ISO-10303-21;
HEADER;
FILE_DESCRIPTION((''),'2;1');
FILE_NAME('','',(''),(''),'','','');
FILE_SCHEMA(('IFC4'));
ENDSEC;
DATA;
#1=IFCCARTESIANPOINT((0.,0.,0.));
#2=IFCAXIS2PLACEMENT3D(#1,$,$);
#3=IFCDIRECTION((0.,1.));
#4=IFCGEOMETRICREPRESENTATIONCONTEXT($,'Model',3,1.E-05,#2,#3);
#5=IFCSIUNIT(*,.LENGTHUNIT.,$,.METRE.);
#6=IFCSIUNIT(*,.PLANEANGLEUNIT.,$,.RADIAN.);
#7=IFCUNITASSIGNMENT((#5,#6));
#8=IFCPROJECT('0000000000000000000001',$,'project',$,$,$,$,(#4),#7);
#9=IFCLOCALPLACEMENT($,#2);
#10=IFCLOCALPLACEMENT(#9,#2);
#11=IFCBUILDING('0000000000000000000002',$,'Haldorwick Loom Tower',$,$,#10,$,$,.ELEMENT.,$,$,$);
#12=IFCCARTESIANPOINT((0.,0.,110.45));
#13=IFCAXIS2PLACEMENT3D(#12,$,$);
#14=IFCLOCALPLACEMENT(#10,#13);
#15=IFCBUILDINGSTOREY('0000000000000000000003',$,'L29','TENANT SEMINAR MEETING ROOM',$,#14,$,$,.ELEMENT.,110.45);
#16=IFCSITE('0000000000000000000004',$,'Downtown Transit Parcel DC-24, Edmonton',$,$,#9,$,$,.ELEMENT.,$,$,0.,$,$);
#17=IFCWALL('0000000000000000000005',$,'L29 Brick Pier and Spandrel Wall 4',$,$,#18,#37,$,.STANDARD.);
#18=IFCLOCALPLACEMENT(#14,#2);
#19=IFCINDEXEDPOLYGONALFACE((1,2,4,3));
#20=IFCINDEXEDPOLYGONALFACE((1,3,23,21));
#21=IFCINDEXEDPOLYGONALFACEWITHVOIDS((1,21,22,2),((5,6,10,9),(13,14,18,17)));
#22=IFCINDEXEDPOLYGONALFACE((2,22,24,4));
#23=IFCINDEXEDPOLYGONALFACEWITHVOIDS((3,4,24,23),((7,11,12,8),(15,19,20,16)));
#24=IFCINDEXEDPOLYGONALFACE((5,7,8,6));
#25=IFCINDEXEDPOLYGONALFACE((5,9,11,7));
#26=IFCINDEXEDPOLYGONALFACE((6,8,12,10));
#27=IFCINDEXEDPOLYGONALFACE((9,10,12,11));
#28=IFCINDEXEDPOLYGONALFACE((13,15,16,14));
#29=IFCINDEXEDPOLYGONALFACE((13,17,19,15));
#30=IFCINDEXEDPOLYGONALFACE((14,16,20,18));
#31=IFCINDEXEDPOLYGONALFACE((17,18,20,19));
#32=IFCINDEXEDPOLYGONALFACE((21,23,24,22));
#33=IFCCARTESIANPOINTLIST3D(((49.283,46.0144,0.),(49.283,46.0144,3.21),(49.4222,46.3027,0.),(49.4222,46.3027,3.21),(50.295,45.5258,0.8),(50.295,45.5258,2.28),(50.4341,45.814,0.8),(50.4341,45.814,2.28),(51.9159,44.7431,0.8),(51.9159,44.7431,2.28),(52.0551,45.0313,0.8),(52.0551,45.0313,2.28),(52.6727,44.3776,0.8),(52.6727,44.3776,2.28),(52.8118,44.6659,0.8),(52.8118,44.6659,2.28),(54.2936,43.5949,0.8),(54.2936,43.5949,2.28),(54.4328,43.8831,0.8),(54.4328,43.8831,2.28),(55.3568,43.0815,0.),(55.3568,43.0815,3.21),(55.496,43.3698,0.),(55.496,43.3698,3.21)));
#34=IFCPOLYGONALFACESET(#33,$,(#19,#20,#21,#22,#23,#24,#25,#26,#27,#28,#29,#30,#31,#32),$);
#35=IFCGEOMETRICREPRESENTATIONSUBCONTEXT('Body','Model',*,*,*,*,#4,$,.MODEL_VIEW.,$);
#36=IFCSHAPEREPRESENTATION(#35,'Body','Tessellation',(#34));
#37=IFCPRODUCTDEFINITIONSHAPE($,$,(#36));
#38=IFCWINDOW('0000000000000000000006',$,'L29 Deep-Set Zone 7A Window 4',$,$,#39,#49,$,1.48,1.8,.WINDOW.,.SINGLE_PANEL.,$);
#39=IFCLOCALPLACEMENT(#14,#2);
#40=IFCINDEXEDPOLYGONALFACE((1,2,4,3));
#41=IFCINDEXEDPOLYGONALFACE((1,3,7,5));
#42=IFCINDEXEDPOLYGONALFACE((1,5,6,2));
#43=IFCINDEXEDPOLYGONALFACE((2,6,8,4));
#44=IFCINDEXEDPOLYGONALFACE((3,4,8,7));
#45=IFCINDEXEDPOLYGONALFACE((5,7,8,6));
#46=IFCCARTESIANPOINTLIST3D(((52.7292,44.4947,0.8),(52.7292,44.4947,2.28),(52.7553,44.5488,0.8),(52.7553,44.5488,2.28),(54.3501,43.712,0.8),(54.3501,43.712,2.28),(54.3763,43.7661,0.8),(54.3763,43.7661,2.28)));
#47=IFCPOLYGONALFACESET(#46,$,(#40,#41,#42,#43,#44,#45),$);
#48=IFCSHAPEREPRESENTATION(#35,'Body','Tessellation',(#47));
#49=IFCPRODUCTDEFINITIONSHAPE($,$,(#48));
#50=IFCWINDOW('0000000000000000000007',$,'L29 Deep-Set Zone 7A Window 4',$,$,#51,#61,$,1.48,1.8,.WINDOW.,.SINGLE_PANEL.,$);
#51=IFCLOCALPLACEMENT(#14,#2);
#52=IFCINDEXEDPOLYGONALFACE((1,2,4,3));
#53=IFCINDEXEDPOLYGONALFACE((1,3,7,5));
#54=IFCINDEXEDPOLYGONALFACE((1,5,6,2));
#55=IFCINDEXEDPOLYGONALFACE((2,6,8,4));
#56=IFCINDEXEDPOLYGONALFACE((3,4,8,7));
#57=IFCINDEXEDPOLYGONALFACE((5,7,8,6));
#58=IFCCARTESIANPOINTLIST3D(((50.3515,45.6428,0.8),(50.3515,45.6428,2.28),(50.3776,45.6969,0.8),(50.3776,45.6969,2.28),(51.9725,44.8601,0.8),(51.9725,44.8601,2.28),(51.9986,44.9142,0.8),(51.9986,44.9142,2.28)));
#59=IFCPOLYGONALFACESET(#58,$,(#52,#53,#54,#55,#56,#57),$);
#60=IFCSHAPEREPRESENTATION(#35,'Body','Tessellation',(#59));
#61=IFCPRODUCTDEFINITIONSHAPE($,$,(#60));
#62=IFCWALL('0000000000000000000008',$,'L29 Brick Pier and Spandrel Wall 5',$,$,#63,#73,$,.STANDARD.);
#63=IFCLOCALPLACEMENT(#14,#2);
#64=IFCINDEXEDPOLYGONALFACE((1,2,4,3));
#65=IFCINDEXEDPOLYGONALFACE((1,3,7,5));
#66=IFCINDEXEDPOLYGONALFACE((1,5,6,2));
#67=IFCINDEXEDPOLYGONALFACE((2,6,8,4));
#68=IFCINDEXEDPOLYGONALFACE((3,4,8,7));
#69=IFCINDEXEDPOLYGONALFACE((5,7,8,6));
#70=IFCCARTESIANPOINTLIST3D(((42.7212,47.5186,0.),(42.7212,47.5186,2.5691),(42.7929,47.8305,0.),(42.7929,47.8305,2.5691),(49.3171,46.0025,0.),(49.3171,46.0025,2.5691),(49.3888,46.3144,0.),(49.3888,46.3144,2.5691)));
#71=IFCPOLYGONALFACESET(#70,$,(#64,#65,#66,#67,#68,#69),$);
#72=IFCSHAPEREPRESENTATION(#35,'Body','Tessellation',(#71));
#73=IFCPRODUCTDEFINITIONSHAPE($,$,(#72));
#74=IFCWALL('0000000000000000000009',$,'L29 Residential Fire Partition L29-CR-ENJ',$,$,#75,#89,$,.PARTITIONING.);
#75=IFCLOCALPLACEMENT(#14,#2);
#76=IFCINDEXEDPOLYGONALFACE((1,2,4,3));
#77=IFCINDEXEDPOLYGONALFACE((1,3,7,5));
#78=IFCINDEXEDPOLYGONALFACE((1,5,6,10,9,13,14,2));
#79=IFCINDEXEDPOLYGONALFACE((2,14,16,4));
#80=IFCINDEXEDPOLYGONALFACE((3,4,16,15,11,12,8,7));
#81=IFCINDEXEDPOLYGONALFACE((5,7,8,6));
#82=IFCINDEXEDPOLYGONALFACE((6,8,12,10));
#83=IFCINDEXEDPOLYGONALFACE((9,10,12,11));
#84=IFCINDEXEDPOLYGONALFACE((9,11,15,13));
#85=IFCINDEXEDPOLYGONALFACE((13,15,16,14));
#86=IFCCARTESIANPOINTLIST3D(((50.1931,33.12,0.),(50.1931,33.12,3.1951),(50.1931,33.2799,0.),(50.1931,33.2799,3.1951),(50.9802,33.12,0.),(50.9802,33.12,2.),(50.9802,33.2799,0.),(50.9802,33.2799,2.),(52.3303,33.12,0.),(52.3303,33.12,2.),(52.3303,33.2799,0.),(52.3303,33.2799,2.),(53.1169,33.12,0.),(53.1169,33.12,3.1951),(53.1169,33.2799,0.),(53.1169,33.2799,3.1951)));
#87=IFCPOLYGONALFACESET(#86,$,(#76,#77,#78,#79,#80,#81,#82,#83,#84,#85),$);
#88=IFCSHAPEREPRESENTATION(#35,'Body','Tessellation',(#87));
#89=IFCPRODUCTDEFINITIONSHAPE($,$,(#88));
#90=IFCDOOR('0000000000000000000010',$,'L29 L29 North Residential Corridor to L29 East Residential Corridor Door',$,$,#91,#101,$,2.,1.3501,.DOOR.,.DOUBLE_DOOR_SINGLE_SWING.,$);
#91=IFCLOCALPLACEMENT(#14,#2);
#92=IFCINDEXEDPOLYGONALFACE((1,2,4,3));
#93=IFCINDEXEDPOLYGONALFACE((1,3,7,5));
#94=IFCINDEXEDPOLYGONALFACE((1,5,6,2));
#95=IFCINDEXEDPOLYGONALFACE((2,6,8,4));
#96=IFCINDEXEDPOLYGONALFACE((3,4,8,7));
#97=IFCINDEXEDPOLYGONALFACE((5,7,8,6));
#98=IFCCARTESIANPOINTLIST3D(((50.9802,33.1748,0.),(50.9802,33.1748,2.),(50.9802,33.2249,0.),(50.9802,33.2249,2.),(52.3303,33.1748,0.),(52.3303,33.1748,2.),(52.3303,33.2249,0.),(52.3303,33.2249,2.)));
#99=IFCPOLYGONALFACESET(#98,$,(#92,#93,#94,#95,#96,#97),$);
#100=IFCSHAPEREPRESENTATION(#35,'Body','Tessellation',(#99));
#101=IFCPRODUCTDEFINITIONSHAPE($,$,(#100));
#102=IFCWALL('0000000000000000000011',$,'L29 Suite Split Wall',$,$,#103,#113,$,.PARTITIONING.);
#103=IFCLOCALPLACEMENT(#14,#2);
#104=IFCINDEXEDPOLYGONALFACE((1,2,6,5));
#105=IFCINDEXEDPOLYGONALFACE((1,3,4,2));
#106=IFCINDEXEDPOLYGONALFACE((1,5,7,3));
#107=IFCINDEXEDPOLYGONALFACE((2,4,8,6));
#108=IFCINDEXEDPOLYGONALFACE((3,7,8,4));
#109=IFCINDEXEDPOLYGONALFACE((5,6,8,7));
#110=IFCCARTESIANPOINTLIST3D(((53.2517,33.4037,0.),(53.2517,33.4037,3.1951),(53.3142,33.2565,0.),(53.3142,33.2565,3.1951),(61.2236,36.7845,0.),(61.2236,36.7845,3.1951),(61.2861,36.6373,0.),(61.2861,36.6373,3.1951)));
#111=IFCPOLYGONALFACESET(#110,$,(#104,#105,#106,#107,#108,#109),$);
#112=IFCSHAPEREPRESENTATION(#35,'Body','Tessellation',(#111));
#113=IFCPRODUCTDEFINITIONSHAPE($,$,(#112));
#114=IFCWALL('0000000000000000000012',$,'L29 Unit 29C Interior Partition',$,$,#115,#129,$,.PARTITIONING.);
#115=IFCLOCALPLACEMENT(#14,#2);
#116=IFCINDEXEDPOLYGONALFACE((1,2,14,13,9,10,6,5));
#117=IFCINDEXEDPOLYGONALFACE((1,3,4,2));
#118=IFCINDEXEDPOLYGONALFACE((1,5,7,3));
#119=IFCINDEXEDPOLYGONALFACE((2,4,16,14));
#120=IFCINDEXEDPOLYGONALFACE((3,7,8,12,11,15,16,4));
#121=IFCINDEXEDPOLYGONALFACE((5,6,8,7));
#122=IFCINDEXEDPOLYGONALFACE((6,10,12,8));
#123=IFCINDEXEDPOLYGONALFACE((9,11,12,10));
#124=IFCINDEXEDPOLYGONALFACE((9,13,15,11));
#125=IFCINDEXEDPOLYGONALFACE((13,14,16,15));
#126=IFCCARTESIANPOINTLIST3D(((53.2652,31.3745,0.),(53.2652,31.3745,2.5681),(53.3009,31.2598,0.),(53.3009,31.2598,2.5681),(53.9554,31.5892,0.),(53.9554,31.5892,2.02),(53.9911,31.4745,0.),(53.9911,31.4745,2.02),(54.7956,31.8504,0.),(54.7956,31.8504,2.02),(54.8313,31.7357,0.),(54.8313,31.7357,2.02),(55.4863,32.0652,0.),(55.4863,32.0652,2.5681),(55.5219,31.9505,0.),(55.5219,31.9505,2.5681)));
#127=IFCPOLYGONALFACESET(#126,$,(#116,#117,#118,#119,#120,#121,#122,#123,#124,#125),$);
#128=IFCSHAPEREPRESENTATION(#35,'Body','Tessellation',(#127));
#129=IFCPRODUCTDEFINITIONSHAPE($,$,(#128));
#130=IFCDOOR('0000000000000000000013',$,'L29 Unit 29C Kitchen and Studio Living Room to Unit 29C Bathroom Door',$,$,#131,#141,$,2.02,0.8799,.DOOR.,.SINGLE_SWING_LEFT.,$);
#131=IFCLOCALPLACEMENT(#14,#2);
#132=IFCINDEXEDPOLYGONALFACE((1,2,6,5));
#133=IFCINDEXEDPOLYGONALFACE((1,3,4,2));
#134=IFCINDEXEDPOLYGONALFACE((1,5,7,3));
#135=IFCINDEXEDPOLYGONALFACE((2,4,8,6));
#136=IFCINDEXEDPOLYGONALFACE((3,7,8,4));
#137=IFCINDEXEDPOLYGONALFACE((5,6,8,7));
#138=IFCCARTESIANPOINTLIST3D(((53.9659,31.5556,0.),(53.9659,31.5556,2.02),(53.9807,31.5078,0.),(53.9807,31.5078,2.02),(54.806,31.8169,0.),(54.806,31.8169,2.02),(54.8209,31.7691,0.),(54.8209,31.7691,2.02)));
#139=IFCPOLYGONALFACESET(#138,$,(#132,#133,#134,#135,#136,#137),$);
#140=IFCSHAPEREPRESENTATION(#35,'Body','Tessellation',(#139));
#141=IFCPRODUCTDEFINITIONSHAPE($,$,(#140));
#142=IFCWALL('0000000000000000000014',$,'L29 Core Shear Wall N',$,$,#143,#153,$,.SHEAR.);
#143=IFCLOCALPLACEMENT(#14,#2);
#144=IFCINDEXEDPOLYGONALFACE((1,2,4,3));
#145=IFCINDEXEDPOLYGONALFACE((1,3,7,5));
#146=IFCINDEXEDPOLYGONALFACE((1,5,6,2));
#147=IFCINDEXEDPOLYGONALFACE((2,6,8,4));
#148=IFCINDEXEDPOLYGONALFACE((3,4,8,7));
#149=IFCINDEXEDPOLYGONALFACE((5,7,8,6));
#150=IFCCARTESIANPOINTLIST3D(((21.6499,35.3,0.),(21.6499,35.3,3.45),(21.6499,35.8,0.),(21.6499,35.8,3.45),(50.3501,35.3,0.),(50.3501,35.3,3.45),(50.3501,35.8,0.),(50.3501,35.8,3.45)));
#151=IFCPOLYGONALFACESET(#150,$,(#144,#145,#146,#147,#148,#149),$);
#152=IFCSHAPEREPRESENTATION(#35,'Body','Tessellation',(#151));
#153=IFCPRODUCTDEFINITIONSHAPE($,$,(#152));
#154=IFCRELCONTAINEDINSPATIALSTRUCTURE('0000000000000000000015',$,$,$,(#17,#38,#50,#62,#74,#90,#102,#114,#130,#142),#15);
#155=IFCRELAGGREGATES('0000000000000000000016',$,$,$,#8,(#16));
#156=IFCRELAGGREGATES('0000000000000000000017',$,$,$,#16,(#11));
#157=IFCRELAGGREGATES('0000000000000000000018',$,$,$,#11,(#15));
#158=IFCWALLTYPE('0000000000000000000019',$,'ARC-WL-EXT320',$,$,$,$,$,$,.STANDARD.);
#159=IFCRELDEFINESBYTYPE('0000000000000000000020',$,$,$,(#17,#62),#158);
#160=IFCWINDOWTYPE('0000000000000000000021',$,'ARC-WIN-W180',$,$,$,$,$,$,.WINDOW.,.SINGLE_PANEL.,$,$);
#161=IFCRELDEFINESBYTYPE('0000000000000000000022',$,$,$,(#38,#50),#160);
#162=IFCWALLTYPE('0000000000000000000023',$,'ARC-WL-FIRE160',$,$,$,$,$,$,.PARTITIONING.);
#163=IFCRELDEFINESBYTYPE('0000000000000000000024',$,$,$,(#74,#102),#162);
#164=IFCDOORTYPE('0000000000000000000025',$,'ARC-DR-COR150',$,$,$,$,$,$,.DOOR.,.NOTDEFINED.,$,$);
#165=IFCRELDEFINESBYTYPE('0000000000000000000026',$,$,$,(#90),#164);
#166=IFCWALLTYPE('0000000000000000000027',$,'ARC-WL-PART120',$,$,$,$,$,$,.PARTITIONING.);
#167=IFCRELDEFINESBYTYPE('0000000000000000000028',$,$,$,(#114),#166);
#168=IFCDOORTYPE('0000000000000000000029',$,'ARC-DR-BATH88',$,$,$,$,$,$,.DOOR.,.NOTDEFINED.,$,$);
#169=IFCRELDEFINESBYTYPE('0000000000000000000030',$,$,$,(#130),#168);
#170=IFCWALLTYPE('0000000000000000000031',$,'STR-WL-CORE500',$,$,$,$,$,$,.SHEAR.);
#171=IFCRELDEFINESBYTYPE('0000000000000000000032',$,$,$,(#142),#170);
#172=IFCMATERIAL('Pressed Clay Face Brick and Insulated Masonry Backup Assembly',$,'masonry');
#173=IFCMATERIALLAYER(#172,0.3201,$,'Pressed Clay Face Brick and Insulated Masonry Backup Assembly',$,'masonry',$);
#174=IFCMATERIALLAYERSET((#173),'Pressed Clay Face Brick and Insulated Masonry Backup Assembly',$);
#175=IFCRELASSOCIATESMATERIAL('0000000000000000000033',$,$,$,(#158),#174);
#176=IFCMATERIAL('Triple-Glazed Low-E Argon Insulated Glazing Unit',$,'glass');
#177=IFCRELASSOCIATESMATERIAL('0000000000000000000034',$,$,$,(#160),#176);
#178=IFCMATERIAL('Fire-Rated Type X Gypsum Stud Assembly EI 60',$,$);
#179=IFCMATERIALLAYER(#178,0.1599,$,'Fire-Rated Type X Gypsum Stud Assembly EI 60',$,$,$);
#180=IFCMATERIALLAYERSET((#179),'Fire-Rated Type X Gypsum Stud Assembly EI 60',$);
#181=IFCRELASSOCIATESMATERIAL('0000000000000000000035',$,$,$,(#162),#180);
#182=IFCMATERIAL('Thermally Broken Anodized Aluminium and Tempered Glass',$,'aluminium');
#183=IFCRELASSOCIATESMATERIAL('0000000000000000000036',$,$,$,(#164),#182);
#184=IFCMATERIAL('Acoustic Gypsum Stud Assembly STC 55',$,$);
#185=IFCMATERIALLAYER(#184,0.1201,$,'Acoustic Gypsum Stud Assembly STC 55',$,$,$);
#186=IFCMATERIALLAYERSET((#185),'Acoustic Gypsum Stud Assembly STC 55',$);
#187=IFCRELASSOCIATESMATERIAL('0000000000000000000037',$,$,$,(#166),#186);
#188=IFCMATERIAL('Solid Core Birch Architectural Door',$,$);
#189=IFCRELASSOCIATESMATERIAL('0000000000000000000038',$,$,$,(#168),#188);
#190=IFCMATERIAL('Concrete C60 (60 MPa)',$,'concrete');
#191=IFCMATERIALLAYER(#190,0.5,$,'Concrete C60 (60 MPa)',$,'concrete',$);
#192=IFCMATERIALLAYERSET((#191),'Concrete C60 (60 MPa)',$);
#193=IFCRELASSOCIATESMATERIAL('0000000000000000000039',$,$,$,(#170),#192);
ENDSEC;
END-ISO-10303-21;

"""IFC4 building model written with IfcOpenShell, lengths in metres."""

from ifc_helpers import new_model, si_unit, direction, frame, frame_2d, origin, place, context, subcontext, project, spatial, rectangle, extrude, material, layer, layer_set, type_object, element, fill, save


model = new_model("IFC4")

# Units and contexts
model_context = context("Model", 3, precision=1e-05, world=origin(), true_north=direction((0.0, 1.0)))
body_context = subcontext(model_context, "Body", "Model", "MODEL_VIEW")
ifc_project = project(units=[si_unit("LENGTHUNIT", "METRE"), si_unit("PLANEANGLEUNIT", "RADIAN")], contexts=[model_context])

# Site, building, storey
site_placement = place(None, origin())
site = spatial("IfcSite", under=ifc_project, at=site_placement, Name="Downtown Transit Parcel DC-24, Edmonton", CompositionType="ELEMENT", RefElevation=0.0)
building_placement = place(site_placement, origin())
building = spatial("IfcBuilding", under=site, at=building_placement, Name="Haldorwick Loom Tower", CompositionType="ELEMENT")
storey_placement = place(building_placement, frame((0.0, 0.0, 110.45)))
storey = spatial("IfcBuildingStorey", under=building, at=storey_placement, Name="L29", Description="TENANT SEMINAR MEETING ROOM", CompositionType="ELEMENT", Elevation=110.45)

# Shared definitions
ifc_material_1 = material(Name="Concrete C60 (60 MPa)", Category="concrete")

# Shared definitions
ifc_material_2 = material(Name="Pressed Clay Face Brick and Insulated Masonry Backup Assembly", Category="masonry")
ifc_layer_1 = layer(ifc_material_2, 0.3201, Name="Pressed Clay Face Brick and Insulated Masonry Backup Assembly", Category="masonry")
ifc_layer_set_1 = layer_set([ifc_layer_1], Name="Pressed Clay Face Brick and Insulated Masonry Backup Assembly")
wall_type_1 = type_object("IfcWallType", Name="ARC-WL-EXT320", PredefinedType="STANDARD", material=ifc_layer_set_1)

# Shared definitions
ifc_material_3 = material(Name="Triple-Glazed Low-E Argon Insulated Glazing Unit", Category="glass")
window_type = type_object("IfcWindowType", Name="ARC-WIN-W180", PartitioningType="SINGLE_PANEL", PredefinedType="WINDOW", material=ifc_material_3)

# Wall, openings, windows
wall_1_placement = place(storey_placement, frame((55.4265, 43.2256, 0.0), z_axis=(0.0, 0.0, 1.0), x_axis=(-0.90051, 0.434835, 0.0)))
wall_1 = element("IfcWall", 1, at=wall_1_placement, inside=storey, type_object=wall_type_1, Name="L29 Brick Pier and Spandrel Wall 4", PredefinedType="STANDARD", context=body_context, shape_type="SweptSolid", body=[
    extrude(rectangle(XDim=6.7449, YDim=0.3201, at=frame_2d((3.3726, 0.0))), origin(), (0.0, 0.0, 1.0), 3.21),
])
opening_1_placement = place(wall_1_placement, frame((1.1809, 0.0, 0.8)))
opening_1 = element("IfcOpeningElement", 2, at=opening_1_placement, cuts=wall_1, PredefinedType="OPENING", context=body_context, shape_type="SweptSolid", body=[
    extrude(rectangle(XDim=1.8, YDim=1.48, at=frame_2d((0.8999, 0.74))), frame((0.0, 0.1699, 0.0), z_axis=(0.0, -1.0, 0.0), x_axis=(1.0, 0.0, 0.0)), (0.0, 0.0, 1.0), 0.3401),
])
opening_2_placement = place(wall_1_placement, frame((3.8213, 0.0, 0.8)))
opening_2 = element("IfcOpeningElement", 3, at=opening_2_placement, cuts=wall_1, PredefinedType="OPENING", context=body_context, shape_type="SweptSolid", body=[
    extrude(rectangle(XDim=1.8, YDim=1.48, at=frame_2d((0.8999, 0.74))), frame((0.0, 0.1699, 0.0), z_axis=(0.0, -1.0, 0.0), x_axis=(1.0, 0.0, 0.0)), (0.0, 0.0, 1.0), 0.3401),
])
window_1_placement = place(opening_1_placement, origin())
window_1 = element("IfcWindow", 4, at=window_1_placement, inside=storey, type_object=window_type, Name="L29 Deep-Set Zone 7A Window 4", OverallHeight=1.48, OverallWidth=1.8, PartitioningType="SINGLE_PANEL", PredefinedType="WINDOW", context=body_context, shape_type="SweptSolid", body=[
    extrude(rectangle(XDim=1.8, YDim=1.48, at=frame_2d((0.8999, 0.74))), frame((0.0, 0.03, 0.0), z_axis=(0.0, -1.0, 0.0), x_axis=(1.0, 0.0, 0.0)), (0.0, 0.0, 1.0), 0.0601),
])
fill(opening_1, window_1)
window_2_placement = place(opening_2_placement, origin())
window_2 = element("IfcWindow", 5, at=window_2_placement, inside=storey, type_object=window_type, Name="L29 Deep-Set Zone 7A Window 4", OverallHeight=1.48, OverallWidth=1.8, PartitioningType="SINGLE_PANEL", PredefinedType="WINDOW", context=body_context, shape_type="SweptSolid", body=[
    extrude(rectangle(XDim=1.8, YDim=1.48, at=frame_2d((0.8999, 0.74))), frame((0.0, 0.03, 0.0), z_axis=(0.0, -1.0, 0.0), x_axis=(1.0, 0.0, 0.0)), (0.0, 0.0, 1.0), 0.0601),
])
fill(opening_2, window_2)

# Wall
wall_2_placement = place(storey_placement, frame((49.3528, 46.1584, 0.0), z_axis=(0.0, 0.0, 1.0), x_axis=(-0.974584, 0.224022, 0.0)))
element("IfcWall", 6, at=wall_2_placement, inside=storey, type_object=wall_type_1, Name="L29 Brick Pier and Spandrel Wall 5", PredefinedType="STANDARD", context=body_context, shape_type="SweptSolid", body=[
    extrude(rectangle(XDim=6.7678, YDim=0.3201, at=frame_2d((3.3838, 0.0))), origin(), (0.0, 0.0, 1.0), 2.5691),
])

# Wall, opening, door
ifc_material_4 = material(Name="Fire-Rated Type X Gypsum Stud Assembly EI 60")
ifc_layer_2 = layer(ifc_material_4, 0.1599, Name="Fire-Rated Type X Gypsum Stud Assembly EI 60")
ifc_layer_set_2 = layer_set([ifc_layer_2], Name="Fire-Rated Type X Gypsum Stud Assembly EI 60")
wall_type_2 = type_object("IfcWallType", Name="ARC-WL-FIRE160", PredefinedType="PARTITIONING", material=ifc_layer_set_2)
wall_3_placement = place(storey_placement, frame((50.1931, 33.2, 0.0), z_axis=(0.0, 0.0, 1.0), x_axis=(1.0, 0.0, 0.0)))
wall_3 = element("IfcWall", 7, at=wall_3_placement, inside=storey, type_object=wall_type_2, Name="L29 Residential Fire Partition L29-CR-ENJ", PredefinedType="PARTITIONING", context=body_context, shape_type="SweptSolid", body=[
    extrude(rectangle(XDim=2.9238, YDim=0.1599, at=frame_2d((1.4619, 0.0))), origin(), (0.0, 0.0, 1.0), 3.1951),
])
opening_3_placement = place(wall_3_placement, frame((0.7871, 0.0, 0.0)))
opening_3 = element("IfcOpeningElement", 8, at=opening_3_placement, cuts=wall_3, PredefinedType="OPENING", context=body_context, shape_type="SweptSolid", body=[
    extrude(rectangle(XDim=1.3501, YDim=2.0, at=frame_2d((0.675, 1.0))), frame((0.0, 0.0898, 0.0), z_axis=(0.0, -1.0, 0.0), x_axis=(1.0, 0.0, 0.0)), (0.0, 0.0, 1.0), 0.1799),
])
ifc_material_5 = material(Name="Thermally Broken Anodized Aluminium and Tempered Glass", Category="aluminium")
door_type_1 = type_object("IfcDoorType", Name="ARC-DR-COR150", OperationType="NOTDEFINED", PredefinedType="DOOR", material=ifc_material_5)
door_1_placement = place(opening_3_placement, origin())
door_1 = element("IfcDoor", 9, at=door_1_placement, inside=storey, type_object=door_type_1, Name="L29 L29 North Residential Corridor to L29 East Residential Corridor Door", OperationType="DOUBLE_DOOR_SINGLE_SWING", OverallHeight=2.0, OverallWidth=1.3501, PredefinedType="DOOR", context=body_context, shape_type="SweptSolid", body=[
    extrude(rectangle(XDim=1.3501, YDim=2.0, at=frame_2d((0.675, 1.0))), frame((0.0, 0.0249, 0.0), z_axis=(0.0, -1.0, 0.0), x_axis=(1.0, 0.0, 0.0)), (0.0, 0.0, 1.0), 0.05),
])
fill(opening_3, door_1)

# Wall
wall_4_placement = place(storey_placement, frame((53.283, 33.3301, 0.0), z_axis=(0.0, 0.0, 1.0), x_axis=(0.92063, 0.390435, 0.0)))
element("IfcWall", 10, at=wall_4_placement, inside=storey, type_object=wall_type_2, Name="L29 Suite Split Wall", PredefinedType="PARTITIONING", context=body_context, shape_type="SweptSolid", body=[
    extrude(rectangle(XDim=8.6592, YDim=0.1599, at=frame_2d((4.3296, 0.0))), origin(), (0.0, 0.0, 1.0), 3.1951),
])

# Wall, opening, door
ifc_material_6 = material(Name="Acoustic Gypsum Stud Assembly STC 55")
ifc_layer_3 = layer(ifc_material_6, 0.1201, Name="Acoustic Gypsum Stud Assembly STC 55")
ifc_layer_set_3 = layer_set([ifc_layer_3], Name="Acoustic Gypsum Stud Assembly STC 55")
wall_type_3 = type_object("IfcWallType", Name="ARC-WL-PART120", PredefinedType="PARTITIONING", material=ifc_layer_set_3)
wall_5_placement = place(storey_placement, frame((53.283, 31.3171, 0.0), z_axis=(0.0, 0.0, 1.0), x_axis=(0.954892, 0.296954, 0.0)))
wall_5 = element("IfcWall", 11, at=wall_5_placement, inside=storey, type_object=wall_type_3, Name="L29 Unit 29C Interior Partition", PredefinedType="PARTITIONING", context=body_context, shape_type="SweptSolid", body=[
    extrude(rectangle(XDim=2.3259, YDim=0.1201, at=frame_2d((1.1631, 0.0))), origin(), (0.0, 0.0, 1.0), 2.5681),
])
opening_4_placement = place(wall_5_placement, frame((0.7229, 0.0, 0.0)))
opening_4 = element("IfcOpeningElement", 12, at=opening_4_placement, cuts=wall_5, PredefinedType="OPENING", context=body_context, shape_type="SweptSolid", body=[
    extrude(rectangle(XDim=0.8799, YDim=2.02, at=frame_2d((0.4399, 1.01))), frame((0.0, 0.0701, 0.0), z_axis=(0.0, -1.0, 0.0), x_axis=(1.0, 0.0, 0.0)), (0.0, 0.0, 1.0), 0.1401),
])
ifc_material_7 = material(Name="Solid Core Birch Architectural Door")
door_type_2 = type_object("IfcDoorType", Name="ARC-DR-BATH88", OperationType="NOTDEFINED", PredefinedType="DOOR", material=ifc_material_7)
door_2_placement = place(opening_4_placement, origin())
door_2 = element("IfcDoor", 13, at=door_2_placement, inside=storey, type_object=door_type_2, Name="L29 Unit 29C Kitchen and Studio Living Room to Unit 29C Bathroom Door", OperationType="SINGLE_SWING_LEFT", OverallHeight=2.02, OverallWidth=0.8799, PredefinedType="DOOR", context=body_context, shape_type="SweptSolid", body=[
    extrude(rectangle(XDim=0.8799, YDim=2.02, at=frame_2d((0.4399, 1.01))), frame((0.0, 0.0249, 0.0), z_axis=(0.0, -1.0, 0.0), x_axis=(1.0, 0.0, 0.0)), (0.0, 0.0, 1.0), 0.05),
])
fill(opening_4, door_2)

# Wall
ifc_layer_4 = layer(ifc_material_1, 0.5, Name="Concrete C60 (60 MPa)", Category="concrete")
ifc_layer_set_4 = layer_set([ifc_layer_4], Name="Concrete C60 (60 MPa)")
wall_type_4 = type_object("IfcWallType", Name="STR-WL-CORE500", PredefinedType="SHEAR", material=ifc_layer_set_4)
wall_6_placement = place(storey_placement, frame((50.3501, 35.55, 0.0), z_axis=(0.0, 0.0, 1.0), x_axis=(-1.0, 0.0, 0.0)))
element("IfcWall", 14, at=wall_6_placement, inside=storey, type_object=wall_type_4, Name="L29 Core Shear Wall N", PredefinedType="SHEAR", context=body_context, shape_type="SweptSolid", body=[
    extrude(rectangle(XDim=28.7002, YDim=0.5, at=frame_2d((14.3501, 0.0))), origin(), (0.0, 0.0, 1.0), 3.45),
])

save(model, "model.ifc")
